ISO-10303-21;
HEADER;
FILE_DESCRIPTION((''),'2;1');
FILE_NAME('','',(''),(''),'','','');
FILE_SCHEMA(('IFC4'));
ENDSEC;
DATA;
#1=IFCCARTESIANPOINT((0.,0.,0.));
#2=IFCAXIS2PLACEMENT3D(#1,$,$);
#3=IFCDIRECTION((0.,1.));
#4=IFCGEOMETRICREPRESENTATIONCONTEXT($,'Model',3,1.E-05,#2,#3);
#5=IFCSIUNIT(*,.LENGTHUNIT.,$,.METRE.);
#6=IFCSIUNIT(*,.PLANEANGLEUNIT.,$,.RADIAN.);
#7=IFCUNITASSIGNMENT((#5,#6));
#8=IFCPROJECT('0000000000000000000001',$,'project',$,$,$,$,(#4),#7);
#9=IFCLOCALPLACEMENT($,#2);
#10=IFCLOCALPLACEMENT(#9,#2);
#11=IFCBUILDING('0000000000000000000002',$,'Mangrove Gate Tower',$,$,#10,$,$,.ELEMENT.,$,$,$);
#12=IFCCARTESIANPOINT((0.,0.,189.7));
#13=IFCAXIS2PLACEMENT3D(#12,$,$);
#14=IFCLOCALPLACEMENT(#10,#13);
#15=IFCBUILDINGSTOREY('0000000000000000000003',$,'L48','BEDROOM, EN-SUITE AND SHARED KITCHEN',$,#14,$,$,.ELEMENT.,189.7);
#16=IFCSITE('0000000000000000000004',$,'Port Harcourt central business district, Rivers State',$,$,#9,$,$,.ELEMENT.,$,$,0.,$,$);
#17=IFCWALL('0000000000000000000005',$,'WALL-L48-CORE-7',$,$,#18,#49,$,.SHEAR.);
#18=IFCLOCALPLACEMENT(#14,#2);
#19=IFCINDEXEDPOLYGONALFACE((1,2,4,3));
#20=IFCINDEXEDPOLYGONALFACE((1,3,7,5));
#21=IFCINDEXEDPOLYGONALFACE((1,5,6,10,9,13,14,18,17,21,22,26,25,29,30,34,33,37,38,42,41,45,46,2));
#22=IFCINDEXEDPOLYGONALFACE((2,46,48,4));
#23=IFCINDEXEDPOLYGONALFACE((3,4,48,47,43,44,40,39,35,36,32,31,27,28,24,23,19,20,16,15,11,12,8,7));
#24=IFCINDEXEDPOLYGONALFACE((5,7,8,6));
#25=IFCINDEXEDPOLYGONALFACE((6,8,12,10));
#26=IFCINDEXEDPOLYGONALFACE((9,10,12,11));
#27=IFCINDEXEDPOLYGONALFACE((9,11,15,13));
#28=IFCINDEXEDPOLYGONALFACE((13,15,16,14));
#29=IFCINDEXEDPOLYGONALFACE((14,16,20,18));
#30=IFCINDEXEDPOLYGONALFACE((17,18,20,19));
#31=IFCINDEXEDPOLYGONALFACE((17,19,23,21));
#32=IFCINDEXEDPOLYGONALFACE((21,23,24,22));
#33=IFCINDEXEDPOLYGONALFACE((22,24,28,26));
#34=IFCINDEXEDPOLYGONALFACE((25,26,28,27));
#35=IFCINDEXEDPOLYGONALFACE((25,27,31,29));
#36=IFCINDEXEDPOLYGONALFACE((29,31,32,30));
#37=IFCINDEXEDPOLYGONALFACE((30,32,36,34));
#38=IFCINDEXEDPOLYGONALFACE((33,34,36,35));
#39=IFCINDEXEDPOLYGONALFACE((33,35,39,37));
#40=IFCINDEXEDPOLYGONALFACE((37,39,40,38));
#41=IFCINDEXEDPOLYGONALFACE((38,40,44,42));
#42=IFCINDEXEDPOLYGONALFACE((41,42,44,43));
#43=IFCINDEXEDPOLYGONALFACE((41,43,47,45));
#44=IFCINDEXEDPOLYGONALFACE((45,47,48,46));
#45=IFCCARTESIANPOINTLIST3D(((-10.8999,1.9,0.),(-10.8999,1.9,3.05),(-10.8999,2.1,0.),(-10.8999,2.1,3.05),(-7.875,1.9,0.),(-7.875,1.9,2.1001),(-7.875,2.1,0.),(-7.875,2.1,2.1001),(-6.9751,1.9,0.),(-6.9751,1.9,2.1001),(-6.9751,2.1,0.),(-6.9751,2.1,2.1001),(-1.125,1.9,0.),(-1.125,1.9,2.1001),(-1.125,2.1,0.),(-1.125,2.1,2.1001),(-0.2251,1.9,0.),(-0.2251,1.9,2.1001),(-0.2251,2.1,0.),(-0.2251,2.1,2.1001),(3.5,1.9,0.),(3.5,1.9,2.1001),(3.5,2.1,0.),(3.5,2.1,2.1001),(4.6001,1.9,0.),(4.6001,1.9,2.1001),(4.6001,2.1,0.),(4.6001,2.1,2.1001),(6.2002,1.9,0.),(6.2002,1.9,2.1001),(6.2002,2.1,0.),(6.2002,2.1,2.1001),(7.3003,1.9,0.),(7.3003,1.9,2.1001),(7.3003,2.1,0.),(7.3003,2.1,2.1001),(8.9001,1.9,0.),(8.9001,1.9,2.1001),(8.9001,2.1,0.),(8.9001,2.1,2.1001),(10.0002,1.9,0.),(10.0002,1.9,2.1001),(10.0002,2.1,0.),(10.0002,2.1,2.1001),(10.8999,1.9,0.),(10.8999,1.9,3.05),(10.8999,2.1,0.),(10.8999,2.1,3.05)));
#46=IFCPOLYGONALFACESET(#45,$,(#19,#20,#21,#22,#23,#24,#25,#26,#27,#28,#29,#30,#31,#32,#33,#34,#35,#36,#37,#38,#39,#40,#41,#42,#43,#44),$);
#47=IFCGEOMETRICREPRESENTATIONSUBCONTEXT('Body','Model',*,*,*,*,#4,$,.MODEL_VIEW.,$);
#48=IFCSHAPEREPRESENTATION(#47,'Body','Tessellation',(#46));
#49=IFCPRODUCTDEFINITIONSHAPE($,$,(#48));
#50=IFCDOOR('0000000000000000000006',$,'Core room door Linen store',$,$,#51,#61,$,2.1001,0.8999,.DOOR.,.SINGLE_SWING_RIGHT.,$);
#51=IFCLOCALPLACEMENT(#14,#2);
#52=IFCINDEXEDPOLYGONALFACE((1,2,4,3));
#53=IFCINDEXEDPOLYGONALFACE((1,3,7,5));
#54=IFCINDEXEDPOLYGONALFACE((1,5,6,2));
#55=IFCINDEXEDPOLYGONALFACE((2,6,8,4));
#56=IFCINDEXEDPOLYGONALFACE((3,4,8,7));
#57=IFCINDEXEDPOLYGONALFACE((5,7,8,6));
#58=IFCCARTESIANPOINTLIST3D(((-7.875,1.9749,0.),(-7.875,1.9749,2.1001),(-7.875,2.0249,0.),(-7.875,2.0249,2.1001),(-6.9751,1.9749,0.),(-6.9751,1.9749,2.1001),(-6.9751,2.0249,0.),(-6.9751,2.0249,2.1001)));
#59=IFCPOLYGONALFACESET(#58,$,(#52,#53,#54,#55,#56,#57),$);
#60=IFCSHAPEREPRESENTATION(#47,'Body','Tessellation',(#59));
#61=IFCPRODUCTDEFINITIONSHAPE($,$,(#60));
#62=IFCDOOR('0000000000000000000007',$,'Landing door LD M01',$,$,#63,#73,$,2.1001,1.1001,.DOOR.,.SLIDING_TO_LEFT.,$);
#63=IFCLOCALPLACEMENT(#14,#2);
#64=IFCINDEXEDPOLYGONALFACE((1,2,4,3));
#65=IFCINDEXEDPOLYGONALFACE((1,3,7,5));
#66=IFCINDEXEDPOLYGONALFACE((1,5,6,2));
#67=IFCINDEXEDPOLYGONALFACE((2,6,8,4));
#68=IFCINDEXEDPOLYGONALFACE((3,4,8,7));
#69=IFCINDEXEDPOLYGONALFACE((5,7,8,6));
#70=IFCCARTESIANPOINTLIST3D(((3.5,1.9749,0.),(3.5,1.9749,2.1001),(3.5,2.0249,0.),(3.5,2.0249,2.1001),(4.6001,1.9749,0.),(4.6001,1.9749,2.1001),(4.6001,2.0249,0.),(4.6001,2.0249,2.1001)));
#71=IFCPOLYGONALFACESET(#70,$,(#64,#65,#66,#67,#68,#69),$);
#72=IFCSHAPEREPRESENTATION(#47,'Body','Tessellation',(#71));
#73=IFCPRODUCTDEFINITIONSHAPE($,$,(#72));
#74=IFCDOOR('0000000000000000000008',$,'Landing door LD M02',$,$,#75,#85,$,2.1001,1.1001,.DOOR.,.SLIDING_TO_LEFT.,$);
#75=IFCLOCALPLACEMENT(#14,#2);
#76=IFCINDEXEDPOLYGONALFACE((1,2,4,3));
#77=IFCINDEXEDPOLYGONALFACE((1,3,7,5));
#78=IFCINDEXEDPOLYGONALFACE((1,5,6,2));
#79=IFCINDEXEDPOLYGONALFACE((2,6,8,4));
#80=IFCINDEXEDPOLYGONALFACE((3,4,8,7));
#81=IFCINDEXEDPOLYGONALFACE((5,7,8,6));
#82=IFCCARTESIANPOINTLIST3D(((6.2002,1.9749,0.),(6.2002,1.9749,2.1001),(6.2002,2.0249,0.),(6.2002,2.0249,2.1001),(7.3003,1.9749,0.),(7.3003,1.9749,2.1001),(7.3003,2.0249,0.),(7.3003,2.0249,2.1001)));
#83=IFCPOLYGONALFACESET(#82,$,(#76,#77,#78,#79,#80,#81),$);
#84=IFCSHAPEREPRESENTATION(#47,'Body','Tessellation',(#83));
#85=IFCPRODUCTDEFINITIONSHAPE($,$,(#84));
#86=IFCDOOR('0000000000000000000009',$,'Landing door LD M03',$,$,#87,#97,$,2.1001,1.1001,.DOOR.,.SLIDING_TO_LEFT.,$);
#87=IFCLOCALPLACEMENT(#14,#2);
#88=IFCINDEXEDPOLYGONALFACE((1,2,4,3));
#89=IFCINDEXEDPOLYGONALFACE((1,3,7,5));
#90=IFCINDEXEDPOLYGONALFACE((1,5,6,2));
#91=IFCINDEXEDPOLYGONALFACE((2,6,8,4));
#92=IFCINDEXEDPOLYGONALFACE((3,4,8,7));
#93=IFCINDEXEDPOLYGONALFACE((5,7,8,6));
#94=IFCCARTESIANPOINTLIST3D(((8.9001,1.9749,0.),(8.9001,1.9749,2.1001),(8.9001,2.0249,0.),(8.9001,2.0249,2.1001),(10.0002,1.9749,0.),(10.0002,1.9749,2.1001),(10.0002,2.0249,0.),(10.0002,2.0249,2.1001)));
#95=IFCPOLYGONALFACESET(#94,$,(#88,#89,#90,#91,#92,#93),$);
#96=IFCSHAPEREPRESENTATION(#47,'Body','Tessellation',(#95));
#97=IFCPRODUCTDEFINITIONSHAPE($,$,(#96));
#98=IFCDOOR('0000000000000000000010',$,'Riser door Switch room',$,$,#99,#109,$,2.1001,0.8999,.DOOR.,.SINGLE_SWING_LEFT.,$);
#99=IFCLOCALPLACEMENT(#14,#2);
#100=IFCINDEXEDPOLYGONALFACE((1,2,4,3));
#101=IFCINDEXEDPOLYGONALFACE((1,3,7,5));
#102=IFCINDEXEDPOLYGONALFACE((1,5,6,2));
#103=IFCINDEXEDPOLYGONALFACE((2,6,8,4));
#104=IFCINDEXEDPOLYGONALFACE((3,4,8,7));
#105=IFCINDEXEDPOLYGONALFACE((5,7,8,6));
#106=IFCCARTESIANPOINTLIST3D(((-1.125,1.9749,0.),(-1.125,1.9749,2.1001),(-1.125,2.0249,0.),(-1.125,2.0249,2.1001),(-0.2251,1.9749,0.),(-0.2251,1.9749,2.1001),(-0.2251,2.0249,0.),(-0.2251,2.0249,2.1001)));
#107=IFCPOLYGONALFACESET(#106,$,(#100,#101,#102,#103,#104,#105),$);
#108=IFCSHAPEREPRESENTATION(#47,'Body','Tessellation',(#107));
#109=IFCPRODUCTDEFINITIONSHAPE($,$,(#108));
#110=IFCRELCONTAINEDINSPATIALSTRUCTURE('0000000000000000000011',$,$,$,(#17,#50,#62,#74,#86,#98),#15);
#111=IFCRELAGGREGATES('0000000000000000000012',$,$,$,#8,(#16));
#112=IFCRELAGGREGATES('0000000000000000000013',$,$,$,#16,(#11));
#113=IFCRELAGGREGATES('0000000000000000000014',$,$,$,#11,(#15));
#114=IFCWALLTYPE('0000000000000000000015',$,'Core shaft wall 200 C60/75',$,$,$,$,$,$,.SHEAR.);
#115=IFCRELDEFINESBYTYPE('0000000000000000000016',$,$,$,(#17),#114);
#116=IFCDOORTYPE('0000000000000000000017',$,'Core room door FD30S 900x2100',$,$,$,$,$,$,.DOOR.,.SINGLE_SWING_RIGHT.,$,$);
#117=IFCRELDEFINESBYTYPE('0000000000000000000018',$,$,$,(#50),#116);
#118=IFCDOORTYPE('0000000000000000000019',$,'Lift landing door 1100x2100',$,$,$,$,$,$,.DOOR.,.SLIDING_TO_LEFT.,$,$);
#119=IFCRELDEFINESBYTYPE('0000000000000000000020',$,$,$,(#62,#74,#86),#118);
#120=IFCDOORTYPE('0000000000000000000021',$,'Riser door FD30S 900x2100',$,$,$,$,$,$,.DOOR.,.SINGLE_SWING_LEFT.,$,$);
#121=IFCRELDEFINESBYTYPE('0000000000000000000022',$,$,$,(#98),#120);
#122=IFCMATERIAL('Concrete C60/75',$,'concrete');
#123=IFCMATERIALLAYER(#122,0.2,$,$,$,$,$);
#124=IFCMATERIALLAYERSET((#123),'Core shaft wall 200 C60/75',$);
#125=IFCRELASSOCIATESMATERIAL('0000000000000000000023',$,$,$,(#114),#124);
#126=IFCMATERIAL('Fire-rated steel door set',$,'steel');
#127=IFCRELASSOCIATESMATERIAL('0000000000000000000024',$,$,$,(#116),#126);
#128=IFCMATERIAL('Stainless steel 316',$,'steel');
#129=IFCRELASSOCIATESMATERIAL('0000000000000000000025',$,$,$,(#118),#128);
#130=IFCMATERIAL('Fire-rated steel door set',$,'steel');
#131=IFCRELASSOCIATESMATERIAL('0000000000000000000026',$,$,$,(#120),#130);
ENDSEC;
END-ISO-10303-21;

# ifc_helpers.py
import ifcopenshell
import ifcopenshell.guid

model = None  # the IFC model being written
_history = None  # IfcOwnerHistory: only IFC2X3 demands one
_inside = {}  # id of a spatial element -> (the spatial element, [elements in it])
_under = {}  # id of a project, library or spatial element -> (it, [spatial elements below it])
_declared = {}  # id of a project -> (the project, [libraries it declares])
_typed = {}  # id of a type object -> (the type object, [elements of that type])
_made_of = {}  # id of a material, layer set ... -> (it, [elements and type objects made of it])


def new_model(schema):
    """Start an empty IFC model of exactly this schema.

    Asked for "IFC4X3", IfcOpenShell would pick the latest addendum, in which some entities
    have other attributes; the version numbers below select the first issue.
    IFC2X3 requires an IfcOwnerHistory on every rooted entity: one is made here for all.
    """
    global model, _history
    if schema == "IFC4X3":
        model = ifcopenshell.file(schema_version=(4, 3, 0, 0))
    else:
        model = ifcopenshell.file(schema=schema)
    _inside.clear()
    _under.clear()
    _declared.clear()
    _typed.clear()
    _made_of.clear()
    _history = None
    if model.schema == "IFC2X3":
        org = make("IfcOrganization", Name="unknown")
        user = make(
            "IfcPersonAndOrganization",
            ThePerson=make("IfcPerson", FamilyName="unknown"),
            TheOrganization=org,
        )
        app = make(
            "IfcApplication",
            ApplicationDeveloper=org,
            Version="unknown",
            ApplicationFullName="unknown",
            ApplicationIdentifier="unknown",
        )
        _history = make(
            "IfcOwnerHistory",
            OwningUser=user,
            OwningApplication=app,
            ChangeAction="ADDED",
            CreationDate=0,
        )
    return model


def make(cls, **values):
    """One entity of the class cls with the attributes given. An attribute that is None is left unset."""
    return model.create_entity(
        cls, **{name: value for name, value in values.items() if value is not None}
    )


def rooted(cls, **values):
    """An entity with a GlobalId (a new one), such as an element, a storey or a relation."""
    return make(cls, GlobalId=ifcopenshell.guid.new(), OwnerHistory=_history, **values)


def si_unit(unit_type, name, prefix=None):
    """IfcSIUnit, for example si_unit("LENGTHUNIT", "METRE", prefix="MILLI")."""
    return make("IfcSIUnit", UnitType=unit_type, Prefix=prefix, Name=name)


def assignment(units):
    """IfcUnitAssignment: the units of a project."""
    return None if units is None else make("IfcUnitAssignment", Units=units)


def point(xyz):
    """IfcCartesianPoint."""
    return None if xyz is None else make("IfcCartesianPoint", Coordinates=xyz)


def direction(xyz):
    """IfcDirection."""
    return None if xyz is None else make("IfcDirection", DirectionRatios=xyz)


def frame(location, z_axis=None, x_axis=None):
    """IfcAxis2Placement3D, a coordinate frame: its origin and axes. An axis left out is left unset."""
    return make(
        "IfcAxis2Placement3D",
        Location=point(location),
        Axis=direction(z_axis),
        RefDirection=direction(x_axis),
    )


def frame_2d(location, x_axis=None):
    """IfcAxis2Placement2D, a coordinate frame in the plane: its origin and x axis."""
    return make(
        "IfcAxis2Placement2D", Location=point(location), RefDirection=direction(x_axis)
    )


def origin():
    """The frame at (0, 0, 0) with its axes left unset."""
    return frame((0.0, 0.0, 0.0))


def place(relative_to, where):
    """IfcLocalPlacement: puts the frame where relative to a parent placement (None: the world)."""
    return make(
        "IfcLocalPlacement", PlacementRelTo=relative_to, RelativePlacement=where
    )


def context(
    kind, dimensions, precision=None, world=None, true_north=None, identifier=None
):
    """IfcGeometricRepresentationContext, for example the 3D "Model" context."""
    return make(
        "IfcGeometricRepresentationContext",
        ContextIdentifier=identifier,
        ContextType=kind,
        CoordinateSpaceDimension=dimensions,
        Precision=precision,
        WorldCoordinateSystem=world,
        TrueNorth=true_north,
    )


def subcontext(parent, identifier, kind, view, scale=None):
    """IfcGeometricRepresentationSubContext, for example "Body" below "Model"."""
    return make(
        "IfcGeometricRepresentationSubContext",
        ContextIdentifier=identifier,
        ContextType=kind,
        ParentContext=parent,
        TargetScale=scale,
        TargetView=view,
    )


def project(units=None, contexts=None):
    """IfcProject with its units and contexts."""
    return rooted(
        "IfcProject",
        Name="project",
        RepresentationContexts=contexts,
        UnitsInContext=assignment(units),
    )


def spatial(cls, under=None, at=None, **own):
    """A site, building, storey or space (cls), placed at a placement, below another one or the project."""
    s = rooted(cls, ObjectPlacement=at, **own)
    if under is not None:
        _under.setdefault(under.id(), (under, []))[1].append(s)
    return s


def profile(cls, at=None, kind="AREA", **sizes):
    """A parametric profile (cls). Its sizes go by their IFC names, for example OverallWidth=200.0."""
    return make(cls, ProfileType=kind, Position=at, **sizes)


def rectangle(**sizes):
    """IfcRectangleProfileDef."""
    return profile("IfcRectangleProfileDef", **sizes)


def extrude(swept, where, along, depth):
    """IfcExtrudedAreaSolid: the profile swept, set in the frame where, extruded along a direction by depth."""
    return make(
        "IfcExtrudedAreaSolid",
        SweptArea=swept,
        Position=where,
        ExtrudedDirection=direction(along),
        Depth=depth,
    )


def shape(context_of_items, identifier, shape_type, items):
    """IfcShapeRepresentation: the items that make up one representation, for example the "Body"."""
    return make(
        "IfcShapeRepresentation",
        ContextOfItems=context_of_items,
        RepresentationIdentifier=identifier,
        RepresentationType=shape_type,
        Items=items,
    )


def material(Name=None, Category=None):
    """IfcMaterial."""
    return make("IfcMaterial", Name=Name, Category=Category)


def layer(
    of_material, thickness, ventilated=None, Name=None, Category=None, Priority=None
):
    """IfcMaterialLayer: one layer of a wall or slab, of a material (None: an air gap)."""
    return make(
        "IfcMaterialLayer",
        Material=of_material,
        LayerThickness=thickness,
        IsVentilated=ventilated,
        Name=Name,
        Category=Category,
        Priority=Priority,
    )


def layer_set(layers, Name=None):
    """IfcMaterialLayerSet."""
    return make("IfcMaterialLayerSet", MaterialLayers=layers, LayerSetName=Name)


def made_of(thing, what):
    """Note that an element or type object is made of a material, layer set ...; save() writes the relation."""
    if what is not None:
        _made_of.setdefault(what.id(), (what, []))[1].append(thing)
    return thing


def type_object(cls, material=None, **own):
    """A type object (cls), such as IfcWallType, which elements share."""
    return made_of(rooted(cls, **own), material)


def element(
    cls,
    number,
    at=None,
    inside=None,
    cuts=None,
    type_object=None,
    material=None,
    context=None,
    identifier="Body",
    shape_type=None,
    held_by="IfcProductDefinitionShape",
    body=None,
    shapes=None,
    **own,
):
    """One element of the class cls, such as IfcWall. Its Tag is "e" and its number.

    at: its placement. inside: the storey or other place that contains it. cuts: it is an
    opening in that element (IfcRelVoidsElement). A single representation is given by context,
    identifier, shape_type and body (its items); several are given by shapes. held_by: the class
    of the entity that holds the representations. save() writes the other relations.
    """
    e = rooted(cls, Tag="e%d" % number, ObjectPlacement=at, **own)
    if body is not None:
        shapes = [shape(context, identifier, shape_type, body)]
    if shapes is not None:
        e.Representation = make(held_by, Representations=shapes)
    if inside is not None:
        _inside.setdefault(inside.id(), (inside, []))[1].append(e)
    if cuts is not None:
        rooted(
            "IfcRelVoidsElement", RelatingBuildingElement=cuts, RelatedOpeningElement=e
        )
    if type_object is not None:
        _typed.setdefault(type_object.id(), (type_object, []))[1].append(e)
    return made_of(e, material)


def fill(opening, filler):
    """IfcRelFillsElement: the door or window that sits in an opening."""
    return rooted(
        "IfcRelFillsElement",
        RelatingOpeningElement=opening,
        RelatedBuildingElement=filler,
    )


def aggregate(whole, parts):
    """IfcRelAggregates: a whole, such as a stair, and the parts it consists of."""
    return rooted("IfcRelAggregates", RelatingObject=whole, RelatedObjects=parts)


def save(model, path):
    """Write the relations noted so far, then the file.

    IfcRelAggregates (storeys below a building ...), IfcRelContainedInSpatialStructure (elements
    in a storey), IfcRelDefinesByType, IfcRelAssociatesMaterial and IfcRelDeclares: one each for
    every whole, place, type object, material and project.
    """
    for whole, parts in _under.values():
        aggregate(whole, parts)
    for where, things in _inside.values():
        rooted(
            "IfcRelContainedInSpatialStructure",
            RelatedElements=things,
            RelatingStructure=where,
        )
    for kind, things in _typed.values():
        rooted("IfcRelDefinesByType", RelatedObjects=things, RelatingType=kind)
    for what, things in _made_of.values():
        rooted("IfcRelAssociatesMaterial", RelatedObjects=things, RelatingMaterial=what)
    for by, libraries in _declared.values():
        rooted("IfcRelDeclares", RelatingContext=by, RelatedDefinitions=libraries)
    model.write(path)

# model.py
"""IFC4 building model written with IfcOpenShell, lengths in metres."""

from ifc_helpers import new_model, si_unit, direction, frame, frame_2d, origin, place, context, subcontext, project, spatial, rectangle, extrude, material, layer, layer_set, type_object, element, fill, save


model = new_model("IFC4")

# Units and contexts
model_context = context("Model", 3, precision=1e-05, world=origin(), true_north=direction((0.0, 1.0)))
body_context = subcontext(model_context, "Body", "Model", "MODEL_VIEW")
ifc_project = project(units=[si_unit("LENGTHUNIT", "METRE"), si_unit("PLANEANGLEUNIT", "RADIAN")], contexts=[model_context])

# Site, building, storey
site_placement = place(None, origin())
site = spatial("IfcSite", under=ifc_project, at=site_placement, Name="Port Harcourt central business district, Rivers State", CompositionType="ELEMENT", RefElevation=0.0)
building_placement = place(site_placement, origin())
building = spatial("IfcBuilding", under=site, at=building_placement, Name="Mangrove Gate Tower", CompositionType="ELEMENT")
storey_placement = place(building_placement, frame((0.0, 0.0, 189.7)))
storey = spatial("IfcBuildingStorey", under=building, at=storey_placement, Name="L48", Description="BEDROOM, EN-SUITE AND SHARED KITCHEN", CompositionType="ELEMENT", Elevation=189.7)

# Shared definitions
ifc_material_1 = material(Name="Concrete C60/75", Category="concrete")
ifc_layer_1 = layer(ifc_material_1, 0.2)
ifc_layer_set_1 = layer_set([ifc_layer_1], Name="Core shaft wall 200 C60/75")
wall_type_1 = type_object("IfcWallType", Name="Core shaft wall 200 C60/75", PredefinedType="SHEAR", material=ifc_layer_set_1)

# Wall, openings, doors
wall_1_placement = place(storey_placement, frame((-10.8999, 2.0, 0.0), z_axis=(0.0, 0.0, 1.0), x_axis=(1.0, 0.0, 0.0)))
wall_1 = element("IfcWall", 1, at=wall_1_placement, inside=storey, type_object=wall_type_1, Name="WALL-L48-CORE-7", PredefinedType="SHEAR", context=body_context, shape_type="SweptSolid", body=[
    extrude(rectangle(XDim=21.7998, YDim=0.2, at=frame_2d((10.8999, 0.0))), origin(), (0.0, 0.0, 1.0), 3.05),
])
opening_1_placement = place(wall_1_placement, frame((14.3999, 0.0, 0.0)))
opening_1 = element("IfcOpeningElement", 2, at=opening_1_placement, cuts=wall_1, PredefinedType="OPENING", context=body_context, shape_type="SweptSolid", body=[
    extrude(rectangle(XDim=1.1001, YDim=2.1001, at=frame_2d((0.55, 1.05))), frame((0.0, 0.1099, 0.0), z_axis=(0.0, -1.0, 0.0), x_axis=(1.0, 0.0, 0.0)), (0.0, 0.0, 1.0), 0.22),
])
opening_2_placement = place(wall_1_placement, frame((17.1001, 0.0, 0.0)))
opening_2 = element("IfcOpeningElement", 3, at=opening_2_placement, cuts=wall_1, PredefinedType="OPENING", context=body_context, shape_type="SweptSolid", body=[
    extrude(rectangle(XDim=1.1001, YDim=2.1001, at=frame_2d((0.55, 1.05))), frame((0.0, 0.1099, 0.0), z_axis=(0.0, -1.0, 0.0), x_axis=(1.0, 0.0, 0.0)), (0.0, 0.0, 1.0), 0.22),
])
opening_3_placement = place(wall_1_placement, frame((19.8, 0.0, 0.0)))
opening_3 = element("IfcOpeningElement", 4, at=opening_3_placement, cuts=wall_1, PredefinedType="OPENING", context=body_context, shape_type="SweptSolid", body=[
    extrude(rectangle(XDim=1.1001, YDim=2.1001, at=frame_2d((0.55, 1.05))), frame((0.0, 0.1099, 0.0), z_axis=(0.0, -1.0, 0.0), x_axis=(1.0, 0.0, 0.0)), (0.0, 0.0, 1.0), 0.22),
])
opening_4_placement = place(wall_1_placement, frame((3.0249, 0.0, 0.0)))
opening_4 = element("IfcOpeningElement", 5, at=opening_4_placement, cuts=wall_1, PredefinedType="OPENING", context=body_context, shape_type="SweptSolid", body=[
    extrude(rectangle(XDim=0.8999, YDim=2.1001, at=frame_2d((0.45, 1.05))), frame((0.0, 0.1099, 0.0), z_axis=(0.0, -1.0, 0.0), x_axis=(1.0, 0.0, 0.0)), (0.0, 0.0, 1.0), 0.22),
])
opening_5_placement = place(wall_1_placement, frame((9.7749, 0.0, 0.0)))
opening_5 = element("IfcOpeningElement", 6, at=opening_5_placement, cuts=wall_1, PredefinedType="OPENING", context=body_context, shape_type="SweptSolid", body=[
    extrude(rectangle(XDim=0.8999, YDim=2.1001, at=frame_2d((0.45, 1.05))), frame((0.0, 0.1099, 0.0), z_axis=(0.0, -1.0, 0.0), x_axis=(1.0, 0.0, 0.0)), (0.0, 0.0, 1.0), 0.22),
])
ifc_material_2 = material(Name="Fire-rated steel door set", Category="steel")
door_type_1 = type_object("IfcDoorType", Name="Core room door FD30S 900x2100", OperationType="SINGLE_SWING_RIGHT", PredefinedType="DOOR", material=ifc_material_2)
door_1_placement = place(opening_4_placement, origin())
door_1 = element("IfcDoor", 7, at=door_1_placement, inside=storey, type_object=door_type_1, Name="Core room door Linen store", OperationType="SINGLE_SWING_RIGHT", OverallHeight=2.1001, OverallWidth=0.8999, PredefinedType="DOOR", context=body_context, shape_type="SweptSolid", body=[
    extrude(rectangle(XDim=0.8999, YDim=2.1001, at=frame_2d((0.45, 1.05))), frame((0.0, 0.0249, 0.0), z_axis=(0.0, -1.0, 0.0), x_axis=(1.0, 0.0, 0.0)), (0.0, 0.0, 1.0), 0.05),
])
fill(opening_4, door_1)
ifc_material_3 = material(Name="Stainless steel 316", Category="steel")
door_type_2 = type_object("IfcDoorType", Name="Lift landing door 1100x2100", OperationType="SLIDING_TO_LEFT", PredefinedType="DOOR", material=ifc_material_3)
door_2_placement = place(opening_1_placement, origin())
door_2 = element("IfcDoor", 8, at=door_2_placement, inside=storey, type_object=door_type_2, Name="Landing door LD M01", OperationType="SLIDING_TO_LEFT", OverallHeight=2.1001, OverallWidth=1.1001, PredefinedType="DOOR", context=body_context, shape_type="SweptSolid", body=[
    extrude(rectangle(XDim=1.1001, YDim=2.1001, at=frame_2d((0.55, 1.05))), frame((0.0, 0.0249, 0.0), z_axis=(0.0, -1.0, 0.0), x_axis=(1.0, 0.0, 0.0)), (0.0, 0.0, 1.0), 0.05),
])
fill(opening_1, door_2)
door_3_placement = place(opening_2_placement, origin())
door_3 = element("IfcDoor", 9, at=door_3_placement, inside=storey, type_object=door_type_2, Name="Landing door LD M02", OperationType="SLIDING_TO_LEFT", OverallHeight=2.1001, OverallWidth=1.1001, PredefinedType="DOOR", context=body_context, shape_type="SweptSolid", body=[
    extrude(rectangle(XDim=1.1001, YDim=2.1001, at=frame_2d((0.55, 1.05))), frame((0.0, 0.0249, 0.0), z_axis=(0.0, -1.0, 0.0), x_axis=(1.0, 0.0, 0.0)), (0.0, 0.0, 1.0), 0.05),
])
fill(opening_2, door_3)
door_4_placement = place(opening_3_placement, origin())
door_4 = element("IfcDoor", 10, at=door_4_placement, inside=storey, type_object=door_type_2, Name="Landing door LD M03", OperationType="SLIDING_TO_LEFT", OverallHeight=2.1001, OverallWidth=1.1001, PredefinedType="DOOR", context=body_context, shape_type="SweptSolid", body=[
    extrude(rectangle(XDim=1.1001, YDim=2.1001, at=frame_2d((0.55, 1.05))), frame((0.0, 0.0249, 0.0), z_axis=(0.0, -1.0, 0.0), x_axis=(1.0, 0.0, 0.0)), (0.0, 0.0, 1.0), 0.05),
])
fill(opening_3, door_4)
ifc_material_4 = material(Name="Fire-rated steel door set", Category="steel")
door_type_3 = type_object("IfcDoorType", Name="Riser door FD30S 900x2100", OperationType="SINGLE_SWING_LEFT", PredefinedType="DOOR", material=ifc_material_4)
door_5_placement = place(opening_5_placement, origin())
door_5 = element("IfcDoor", 11, at=door_5_placement, inside=storey, type_object=door_type_3, Name="Riser door Switch room", OperationType="SINGLE_SWING_LEFT", OverallHeight=2.1001, OverallWidth=0.8999, PredefinedType="DOOR", context=body_context, shape_type="SweptSolid", body=[
    extrude(rectangle(XDim=0.8999, YDim=2.1001, at=frame_2d((0.45, 1.05))), frame((0.0, 0.0249, 0.0), z_axis=(0.0, -1.0, 0.0), x_axis=(1.0, 0.0, 0.0)), (0.0, 0.0, 1.0), 0.05),
])
fill(opening_5, door_5)

save(model, "model.ifc")
